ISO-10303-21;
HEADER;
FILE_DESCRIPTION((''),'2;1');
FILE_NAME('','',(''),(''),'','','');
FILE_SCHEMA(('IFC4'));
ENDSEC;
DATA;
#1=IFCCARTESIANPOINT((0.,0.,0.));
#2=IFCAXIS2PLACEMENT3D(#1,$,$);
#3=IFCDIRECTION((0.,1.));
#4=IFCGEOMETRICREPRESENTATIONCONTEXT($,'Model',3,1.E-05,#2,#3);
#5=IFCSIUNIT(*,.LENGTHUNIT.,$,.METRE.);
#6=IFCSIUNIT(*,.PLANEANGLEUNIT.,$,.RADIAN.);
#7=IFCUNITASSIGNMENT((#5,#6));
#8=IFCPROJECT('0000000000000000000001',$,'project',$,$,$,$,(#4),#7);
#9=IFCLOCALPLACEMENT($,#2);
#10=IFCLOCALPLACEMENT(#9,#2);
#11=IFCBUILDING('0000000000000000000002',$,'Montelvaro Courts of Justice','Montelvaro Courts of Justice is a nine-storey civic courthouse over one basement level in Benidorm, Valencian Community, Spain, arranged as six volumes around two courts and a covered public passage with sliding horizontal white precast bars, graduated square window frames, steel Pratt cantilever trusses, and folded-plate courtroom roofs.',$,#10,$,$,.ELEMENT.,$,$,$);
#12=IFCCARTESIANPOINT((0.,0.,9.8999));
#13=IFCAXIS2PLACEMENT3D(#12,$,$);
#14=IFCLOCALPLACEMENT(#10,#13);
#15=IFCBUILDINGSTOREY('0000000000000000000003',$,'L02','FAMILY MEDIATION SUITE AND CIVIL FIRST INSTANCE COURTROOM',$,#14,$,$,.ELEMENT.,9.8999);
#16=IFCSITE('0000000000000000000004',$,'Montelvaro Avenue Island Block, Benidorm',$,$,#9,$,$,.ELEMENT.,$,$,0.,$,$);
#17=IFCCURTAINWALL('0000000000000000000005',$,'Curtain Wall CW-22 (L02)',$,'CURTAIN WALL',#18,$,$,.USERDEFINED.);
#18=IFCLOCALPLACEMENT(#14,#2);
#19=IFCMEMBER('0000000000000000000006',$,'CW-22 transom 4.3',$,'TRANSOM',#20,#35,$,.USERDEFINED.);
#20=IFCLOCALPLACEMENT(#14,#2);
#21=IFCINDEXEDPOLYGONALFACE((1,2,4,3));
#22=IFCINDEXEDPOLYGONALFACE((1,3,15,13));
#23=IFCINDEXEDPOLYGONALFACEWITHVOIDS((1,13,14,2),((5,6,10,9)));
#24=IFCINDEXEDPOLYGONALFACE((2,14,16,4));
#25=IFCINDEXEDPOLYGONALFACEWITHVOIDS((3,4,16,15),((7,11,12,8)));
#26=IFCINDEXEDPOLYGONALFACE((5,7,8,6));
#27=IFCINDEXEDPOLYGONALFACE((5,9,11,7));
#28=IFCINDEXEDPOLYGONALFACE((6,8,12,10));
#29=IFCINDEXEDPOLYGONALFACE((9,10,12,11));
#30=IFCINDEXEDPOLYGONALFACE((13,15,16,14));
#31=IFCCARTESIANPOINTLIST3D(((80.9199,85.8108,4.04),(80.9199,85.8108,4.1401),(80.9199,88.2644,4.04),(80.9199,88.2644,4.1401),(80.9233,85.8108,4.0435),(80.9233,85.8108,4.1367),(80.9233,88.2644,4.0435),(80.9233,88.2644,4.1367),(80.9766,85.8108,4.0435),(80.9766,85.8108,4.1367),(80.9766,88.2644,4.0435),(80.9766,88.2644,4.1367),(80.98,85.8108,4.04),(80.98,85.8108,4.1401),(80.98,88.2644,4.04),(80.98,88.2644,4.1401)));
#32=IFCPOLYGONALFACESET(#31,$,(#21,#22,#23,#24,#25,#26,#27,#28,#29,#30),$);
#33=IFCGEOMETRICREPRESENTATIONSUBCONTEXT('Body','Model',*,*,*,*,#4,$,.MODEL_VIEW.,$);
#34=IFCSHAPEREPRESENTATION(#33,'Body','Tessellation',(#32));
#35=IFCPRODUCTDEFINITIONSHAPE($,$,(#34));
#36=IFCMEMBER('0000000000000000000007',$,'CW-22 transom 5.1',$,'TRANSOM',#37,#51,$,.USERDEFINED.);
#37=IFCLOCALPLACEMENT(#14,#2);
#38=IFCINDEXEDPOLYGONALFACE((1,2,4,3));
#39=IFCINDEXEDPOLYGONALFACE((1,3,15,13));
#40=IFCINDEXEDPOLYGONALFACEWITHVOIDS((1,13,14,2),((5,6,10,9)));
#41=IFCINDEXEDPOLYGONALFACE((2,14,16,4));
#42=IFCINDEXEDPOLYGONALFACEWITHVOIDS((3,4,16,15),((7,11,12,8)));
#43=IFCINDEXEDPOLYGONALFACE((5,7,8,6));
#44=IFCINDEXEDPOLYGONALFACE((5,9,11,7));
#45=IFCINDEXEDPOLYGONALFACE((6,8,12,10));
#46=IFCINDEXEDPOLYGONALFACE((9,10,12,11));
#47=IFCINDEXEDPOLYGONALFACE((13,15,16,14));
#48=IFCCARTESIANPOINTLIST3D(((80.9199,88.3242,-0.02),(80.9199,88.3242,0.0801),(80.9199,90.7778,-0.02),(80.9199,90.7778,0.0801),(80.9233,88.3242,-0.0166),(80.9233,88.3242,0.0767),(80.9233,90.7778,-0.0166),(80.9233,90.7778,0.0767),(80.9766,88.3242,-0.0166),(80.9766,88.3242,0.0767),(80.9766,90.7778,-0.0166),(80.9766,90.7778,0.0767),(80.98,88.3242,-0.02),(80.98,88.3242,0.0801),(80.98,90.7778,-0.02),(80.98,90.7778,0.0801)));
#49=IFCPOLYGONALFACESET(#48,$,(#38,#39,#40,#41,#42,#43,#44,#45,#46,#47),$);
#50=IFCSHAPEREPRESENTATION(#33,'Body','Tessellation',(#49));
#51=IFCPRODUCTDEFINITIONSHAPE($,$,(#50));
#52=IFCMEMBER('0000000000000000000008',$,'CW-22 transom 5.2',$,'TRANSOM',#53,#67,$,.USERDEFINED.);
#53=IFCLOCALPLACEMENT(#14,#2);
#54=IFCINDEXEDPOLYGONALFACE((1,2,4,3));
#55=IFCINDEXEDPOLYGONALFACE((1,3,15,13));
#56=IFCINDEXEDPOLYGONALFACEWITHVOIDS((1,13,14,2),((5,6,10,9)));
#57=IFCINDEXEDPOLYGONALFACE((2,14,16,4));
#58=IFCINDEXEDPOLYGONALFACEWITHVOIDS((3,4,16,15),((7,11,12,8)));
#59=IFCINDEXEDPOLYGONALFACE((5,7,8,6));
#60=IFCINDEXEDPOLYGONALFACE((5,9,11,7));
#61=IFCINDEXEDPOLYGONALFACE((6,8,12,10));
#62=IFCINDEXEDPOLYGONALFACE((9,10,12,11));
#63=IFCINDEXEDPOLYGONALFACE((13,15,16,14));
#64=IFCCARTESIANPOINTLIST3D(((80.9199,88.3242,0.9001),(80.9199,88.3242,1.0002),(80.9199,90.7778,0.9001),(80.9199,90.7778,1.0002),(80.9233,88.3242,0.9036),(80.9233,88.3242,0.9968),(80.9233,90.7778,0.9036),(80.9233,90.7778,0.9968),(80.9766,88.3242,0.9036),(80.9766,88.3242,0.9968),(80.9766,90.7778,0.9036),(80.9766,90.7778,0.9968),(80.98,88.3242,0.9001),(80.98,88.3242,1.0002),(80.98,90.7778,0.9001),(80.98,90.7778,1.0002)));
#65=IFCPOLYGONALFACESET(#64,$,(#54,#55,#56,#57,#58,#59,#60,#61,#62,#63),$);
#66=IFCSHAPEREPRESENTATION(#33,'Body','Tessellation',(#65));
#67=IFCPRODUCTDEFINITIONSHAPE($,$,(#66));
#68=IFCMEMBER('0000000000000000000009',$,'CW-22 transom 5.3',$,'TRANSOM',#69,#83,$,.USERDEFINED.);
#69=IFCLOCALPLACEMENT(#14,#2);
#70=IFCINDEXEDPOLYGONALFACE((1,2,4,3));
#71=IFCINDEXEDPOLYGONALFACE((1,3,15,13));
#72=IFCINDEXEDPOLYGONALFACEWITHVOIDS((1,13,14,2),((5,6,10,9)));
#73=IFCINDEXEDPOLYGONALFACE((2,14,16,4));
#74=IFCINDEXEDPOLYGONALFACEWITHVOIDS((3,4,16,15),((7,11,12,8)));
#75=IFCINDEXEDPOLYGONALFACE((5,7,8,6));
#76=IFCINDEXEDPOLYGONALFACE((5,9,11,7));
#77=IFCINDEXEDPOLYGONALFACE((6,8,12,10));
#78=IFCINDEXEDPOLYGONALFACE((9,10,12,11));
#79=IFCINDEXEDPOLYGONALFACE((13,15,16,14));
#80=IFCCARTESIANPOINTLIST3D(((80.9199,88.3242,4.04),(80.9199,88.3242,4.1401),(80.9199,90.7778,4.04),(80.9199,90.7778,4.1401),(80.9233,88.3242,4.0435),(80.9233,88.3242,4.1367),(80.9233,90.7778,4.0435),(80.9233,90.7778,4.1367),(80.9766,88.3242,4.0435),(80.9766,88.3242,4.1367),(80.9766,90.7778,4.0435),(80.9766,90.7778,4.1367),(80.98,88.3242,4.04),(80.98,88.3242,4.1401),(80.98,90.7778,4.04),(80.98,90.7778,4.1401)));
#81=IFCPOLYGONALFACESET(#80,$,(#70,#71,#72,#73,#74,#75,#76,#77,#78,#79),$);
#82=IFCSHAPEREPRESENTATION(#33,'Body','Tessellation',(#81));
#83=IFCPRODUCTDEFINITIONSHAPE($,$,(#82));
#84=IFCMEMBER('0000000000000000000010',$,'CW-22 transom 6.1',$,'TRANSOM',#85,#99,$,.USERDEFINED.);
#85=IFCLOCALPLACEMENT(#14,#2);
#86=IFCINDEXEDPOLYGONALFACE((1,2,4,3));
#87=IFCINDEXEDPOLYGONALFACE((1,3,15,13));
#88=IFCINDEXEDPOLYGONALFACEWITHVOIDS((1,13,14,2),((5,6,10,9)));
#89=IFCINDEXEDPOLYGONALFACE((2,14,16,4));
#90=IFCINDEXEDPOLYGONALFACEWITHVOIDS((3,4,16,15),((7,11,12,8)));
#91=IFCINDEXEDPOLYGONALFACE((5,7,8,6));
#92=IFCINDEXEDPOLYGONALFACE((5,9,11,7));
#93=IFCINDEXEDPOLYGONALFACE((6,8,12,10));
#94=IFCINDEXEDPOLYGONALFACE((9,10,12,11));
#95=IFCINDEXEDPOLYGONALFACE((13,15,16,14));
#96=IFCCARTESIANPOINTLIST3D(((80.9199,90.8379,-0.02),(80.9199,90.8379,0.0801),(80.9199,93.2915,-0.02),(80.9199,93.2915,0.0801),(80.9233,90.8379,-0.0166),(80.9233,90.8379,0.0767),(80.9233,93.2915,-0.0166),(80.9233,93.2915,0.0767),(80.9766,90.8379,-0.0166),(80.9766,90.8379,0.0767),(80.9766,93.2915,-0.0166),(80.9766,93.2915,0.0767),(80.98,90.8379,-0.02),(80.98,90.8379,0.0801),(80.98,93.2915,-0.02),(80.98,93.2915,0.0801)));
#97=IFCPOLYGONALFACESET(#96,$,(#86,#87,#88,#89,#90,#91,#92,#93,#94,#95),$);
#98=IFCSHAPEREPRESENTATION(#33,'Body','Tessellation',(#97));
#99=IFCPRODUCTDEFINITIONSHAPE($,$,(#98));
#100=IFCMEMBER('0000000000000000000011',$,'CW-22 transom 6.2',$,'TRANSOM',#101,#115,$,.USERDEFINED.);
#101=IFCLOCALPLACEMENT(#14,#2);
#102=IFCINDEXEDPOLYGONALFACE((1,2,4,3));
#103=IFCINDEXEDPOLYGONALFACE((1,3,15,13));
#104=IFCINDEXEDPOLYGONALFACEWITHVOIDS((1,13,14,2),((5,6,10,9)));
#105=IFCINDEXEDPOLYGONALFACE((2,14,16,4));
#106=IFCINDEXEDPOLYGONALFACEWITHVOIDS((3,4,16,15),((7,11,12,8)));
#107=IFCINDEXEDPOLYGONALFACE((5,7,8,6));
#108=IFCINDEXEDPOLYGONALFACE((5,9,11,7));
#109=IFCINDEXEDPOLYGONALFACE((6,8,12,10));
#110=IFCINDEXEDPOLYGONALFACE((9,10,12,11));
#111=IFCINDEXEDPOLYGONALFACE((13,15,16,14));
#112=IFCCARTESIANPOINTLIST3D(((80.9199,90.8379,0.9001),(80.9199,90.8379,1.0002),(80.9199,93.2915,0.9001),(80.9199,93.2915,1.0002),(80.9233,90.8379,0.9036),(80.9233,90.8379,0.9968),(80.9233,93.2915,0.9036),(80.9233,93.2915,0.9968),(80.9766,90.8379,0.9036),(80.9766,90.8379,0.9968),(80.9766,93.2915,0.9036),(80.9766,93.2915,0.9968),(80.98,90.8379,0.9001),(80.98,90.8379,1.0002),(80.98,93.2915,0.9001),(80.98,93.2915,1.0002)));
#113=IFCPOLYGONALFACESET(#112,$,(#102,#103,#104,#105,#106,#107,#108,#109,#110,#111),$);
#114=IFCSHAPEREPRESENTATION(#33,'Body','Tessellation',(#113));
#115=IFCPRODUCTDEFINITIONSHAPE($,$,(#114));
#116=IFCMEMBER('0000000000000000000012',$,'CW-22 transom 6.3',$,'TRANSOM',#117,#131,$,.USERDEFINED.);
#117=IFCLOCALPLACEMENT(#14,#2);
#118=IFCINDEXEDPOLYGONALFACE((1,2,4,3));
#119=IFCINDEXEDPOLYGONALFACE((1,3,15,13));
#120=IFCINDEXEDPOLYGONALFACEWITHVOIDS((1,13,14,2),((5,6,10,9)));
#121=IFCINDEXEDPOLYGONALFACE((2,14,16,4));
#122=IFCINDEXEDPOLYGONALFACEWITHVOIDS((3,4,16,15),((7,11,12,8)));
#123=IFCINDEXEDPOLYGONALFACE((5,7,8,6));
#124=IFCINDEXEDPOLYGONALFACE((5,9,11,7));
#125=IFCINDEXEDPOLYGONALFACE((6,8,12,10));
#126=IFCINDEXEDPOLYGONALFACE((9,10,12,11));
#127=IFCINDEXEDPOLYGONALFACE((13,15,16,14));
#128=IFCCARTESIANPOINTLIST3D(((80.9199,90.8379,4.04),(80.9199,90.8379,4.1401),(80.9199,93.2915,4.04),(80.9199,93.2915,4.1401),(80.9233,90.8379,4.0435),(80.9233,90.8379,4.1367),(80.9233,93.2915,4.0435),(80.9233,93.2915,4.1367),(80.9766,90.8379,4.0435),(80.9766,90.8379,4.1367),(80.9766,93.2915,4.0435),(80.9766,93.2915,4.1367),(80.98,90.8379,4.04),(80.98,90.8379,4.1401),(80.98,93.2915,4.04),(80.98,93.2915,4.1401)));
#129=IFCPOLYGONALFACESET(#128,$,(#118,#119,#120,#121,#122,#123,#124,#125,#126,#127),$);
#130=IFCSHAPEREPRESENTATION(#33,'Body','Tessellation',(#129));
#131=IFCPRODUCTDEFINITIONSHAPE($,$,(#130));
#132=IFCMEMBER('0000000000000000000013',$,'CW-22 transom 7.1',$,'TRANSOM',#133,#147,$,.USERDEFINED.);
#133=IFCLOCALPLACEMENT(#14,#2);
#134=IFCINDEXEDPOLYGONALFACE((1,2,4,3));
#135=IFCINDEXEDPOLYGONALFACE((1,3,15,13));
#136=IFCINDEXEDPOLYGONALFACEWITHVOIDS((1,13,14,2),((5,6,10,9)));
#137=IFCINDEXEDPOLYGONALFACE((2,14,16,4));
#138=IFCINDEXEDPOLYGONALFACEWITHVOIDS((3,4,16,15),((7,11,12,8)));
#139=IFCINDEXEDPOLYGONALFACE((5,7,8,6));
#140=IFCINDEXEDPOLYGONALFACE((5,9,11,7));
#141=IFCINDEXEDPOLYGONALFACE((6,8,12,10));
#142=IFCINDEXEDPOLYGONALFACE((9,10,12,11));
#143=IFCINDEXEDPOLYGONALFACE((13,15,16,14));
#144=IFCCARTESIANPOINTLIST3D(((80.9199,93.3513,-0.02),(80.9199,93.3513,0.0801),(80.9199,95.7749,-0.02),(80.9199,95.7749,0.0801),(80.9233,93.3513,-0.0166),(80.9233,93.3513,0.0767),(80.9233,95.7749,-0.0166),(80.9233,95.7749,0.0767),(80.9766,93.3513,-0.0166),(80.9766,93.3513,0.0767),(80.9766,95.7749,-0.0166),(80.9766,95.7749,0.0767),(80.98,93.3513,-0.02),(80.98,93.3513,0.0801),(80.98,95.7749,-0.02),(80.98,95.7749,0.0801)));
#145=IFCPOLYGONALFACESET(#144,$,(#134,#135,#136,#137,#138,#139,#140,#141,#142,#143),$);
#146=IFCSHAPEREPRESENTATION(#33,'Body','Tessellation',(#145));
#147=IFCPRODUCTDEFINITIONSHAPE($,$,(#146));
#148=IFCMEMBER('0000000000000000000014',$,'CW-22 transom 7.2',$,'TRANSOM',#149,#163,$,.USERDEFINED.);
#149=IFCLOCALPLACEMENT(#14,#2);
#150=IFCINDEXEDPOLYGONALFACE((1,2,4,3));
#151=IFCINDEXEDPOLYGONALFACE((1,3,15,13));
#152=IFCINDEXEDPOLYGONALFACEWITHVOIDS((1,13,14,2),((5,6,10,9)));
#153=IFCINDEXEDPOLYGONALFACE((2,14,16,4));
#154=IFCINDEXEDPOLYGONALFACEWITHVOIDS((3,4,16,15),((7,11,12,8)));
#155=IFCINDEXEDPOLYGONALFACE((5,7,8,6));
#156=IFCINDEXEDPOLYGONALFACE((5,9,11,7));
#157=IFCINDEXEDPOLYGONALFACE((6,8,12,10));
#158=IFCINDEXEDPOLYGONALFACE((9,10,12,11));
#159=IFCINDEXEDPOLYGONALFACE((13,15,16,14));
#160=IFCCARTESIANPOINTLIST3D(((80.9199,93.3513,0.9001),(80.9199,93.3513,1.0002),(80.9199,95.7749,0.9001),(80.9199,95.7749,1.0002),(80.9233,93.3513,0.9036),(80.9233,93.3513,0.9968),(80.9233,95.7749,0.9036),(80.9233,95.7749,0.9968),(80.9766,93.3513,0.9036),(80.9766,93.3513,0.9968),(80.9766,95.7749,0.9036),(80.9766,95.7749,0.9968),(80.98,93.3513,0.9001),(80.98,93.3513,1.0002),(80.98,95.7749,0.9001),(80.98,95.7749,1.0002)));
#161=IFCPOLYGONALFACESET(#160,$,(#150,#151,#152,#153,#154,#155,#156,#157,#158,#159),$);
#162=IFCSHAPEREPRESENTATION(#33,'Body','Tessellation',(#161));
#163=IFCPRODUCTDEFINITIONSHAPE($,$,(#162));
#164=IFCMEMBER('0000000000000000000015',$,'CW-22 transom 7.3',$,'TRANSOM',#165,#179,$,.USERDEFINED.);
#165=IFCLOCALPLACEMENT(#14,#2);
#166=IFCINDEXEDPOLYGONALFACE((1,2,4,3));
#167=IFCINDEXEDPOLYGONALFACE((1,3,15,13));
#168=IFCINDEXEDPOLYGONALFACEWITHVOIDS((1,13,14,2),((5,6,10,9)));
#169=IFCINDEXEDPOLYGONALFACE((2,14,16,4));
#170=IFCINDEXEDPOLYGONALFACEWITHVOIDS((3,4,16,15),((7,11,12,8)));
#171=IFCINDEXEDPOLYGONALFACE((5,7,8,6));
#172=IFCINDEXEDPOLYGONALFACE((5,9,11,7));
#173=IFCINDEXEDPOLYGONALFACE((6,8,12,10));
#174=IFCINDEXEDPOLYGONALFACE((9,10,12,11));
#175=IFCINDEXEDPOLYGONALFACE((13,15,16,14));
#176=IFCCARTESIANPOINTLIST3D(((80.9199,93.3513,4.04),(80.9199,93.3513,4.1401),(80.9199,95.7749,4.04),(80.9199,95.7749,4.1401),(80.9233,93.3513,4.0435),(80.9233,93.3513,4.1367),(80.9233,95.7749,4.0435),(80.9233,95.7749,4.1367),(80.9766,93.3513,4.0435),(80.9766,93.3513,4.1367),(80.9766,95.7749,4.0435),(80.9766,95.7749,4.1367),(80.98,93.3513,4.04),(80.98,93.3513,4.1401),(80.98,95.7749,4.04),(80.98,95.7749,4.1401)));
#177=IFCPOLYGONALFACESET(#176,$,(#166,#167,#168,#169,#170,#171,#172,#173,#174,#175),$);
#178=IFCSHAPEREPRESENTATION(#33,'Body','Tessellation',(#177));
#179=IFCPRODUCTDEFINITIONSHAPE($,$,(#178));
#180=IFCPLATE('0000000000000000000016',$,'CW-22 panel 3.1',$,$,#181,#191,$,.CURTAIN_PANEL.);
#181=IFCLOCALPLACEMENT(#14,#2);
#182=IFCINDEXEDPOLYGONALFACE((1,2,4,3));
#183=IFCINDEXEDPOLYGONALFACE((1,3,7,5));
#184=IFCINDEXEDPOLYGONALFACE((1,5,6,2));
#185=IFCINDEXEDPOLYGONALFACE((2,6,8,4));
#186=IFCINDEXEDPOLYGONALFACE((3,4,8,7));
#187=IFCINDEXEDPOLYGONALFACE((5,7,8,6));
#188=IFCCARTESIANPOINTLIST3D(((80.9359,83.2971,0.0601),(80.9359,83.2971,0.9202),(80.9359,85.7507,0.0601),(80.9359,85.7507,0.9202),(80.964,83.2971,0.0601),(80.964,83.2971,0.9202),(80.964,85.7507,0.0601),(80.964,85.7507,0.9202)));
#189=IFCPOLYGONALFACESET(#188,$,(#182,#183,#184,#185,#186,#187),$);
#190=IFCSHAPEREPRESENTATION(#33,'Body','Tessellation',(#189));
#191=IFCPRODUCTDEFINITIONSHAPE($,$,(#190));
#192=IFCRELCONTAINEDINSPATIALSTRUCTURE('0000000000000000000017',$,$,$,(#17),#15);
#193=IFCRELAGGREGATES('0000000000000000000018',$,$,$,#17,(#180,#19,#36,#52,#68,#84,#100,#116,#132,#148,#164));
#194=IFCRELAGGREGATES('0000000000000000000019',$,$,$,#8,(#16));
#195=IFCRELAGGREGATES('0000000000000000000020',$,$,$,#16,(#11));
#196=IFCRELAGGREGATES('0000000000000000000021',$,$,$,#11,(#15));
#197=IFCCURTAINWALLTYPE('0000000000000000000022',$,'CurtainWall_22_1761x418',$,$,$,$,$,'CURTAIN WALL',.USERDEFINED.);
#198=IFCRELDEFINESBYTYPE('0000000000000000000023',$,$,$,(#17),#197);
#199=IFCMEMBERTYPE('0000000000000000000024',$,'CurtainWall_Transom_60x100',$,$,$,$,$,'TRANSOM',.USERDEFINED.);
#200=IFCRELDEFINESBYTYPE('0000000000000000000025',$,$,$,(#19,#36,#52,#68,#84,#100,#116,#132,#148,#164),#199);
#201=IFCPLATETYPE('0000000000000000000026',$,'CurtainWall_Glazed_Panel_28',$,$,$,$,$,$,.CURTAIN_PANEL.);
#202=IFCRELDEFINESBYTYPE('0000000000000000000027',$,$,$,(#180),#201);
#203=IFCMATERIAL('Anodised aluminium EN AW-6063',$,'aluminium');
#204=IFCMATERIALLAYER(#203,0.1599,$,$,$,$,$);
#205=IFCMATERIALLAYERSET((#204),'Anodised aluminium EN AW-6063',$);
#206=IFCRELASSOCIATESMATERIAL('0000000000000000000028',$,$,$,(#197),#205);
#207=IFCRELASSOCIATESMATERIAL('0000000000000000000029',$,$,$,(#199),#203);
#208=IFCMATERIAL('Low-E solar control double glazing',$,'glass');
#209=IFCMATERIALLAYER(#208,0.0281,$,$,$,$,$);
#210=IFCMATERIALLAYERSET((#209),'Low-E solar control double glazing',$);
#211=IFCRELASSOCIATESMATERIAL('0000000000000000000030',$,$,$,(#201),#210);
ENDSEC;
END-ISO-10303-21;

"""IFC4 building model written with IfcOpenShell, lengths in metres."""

from ifc_helpers import new_model, si_unit, direction, frame, origin, origin_2d, place, context, subcontext, project, spatial, rectangle, hollow_rectangle, extrude, material, layer, layer_set, material_profile, profile_set, type_object, element, aggregate, save


model = new_model("IFC4")

# Units and contexts
model_context = context("Model", 3, precision=1e-05, world=origin(), true_north=direction((0.0, 1.0)))
body_context = subcontext(model_context, "Body", "Model", "MODEL_VIEW")
ifc_project = project(units=[si_unit("LENGTHUNIT", "METRE"), si_unit("PLANEANGLEUNIT", "RADIAN")], contexts=[model_context])

# Site, building, storey
site_placement = place(None, origin())
site = spatial("IfcSite", under=ifc_project, at=site_placement, Name="Montelvaro Avenue Island Block, Benidorm", CompositionType="ELEMENT", RefElevation=0.0)
building_placement = place(site_placement, origin())
building = spatial("IfcBuilding", under=site, at=building_placement, Name="Montelvaro Courts of Justice", Description="Montelvaro Courts of Justice is a nine-storey civic courthouse over one basement level in Benidorm, Valencian Community, Spain, arranged as six volumes around two courts and a covered public passage with sliding horizontal white precast bars, graduated square window frames, steel Pratt cantilever trusses, and folded-plate courtroom roofs.", CompositionType="ELEMENT")
storey_placement = place(building_placement, frame((0.0, 0.0, 9.8999)))
storey = spatial("IfcBuildingStorey", under=building, at=storey_placement, Name="L02", Description="FAMILY MEDIATION SUITE AND CIVIL FIRST INSTANCE COURTROOM", CompositionType="ELEMENT", Elevation=9.8999)

# Curtain wall, members, plate
ifc_material_1 = material(Name="Anodised aluminium EN AW-6063", Category="aluminium")
ifc_layer_1 = layer(ifc_material_1, 0.1599)
ifc_layer_set_1 = layer_set([ifc_layer_1], Name="Anodised aluminium EN AW-6063")
curtain_wall_type = type_object("IfcCurtainWallType", Name="CurtainWall_22_1761x418", ElementType="CURTAIN WALL", PredefinedType="USERDEFINED", material=ifc_layer_set_1)
curtain_wall_placement = place(storey_placement, origin())
curtain_wall = element("IfcCurtainWall", 1, at=curtain_wall_placement, inside=storey, type_object=curtain_wall_type, Name="Curtain Wall CW-22 (L02)", ObjectType="CURTAIN WALL", PredefinedType="USERDEFINED")
ifc_material_profile_1 = material_profile(ifc_material_1, hollow_rectangle(XDim=0.0601, YDim=0.1001, WallThickness=0.0034, at=origin_2d()), Name="ALU-T 60x100")
ifc_profile_set_1 = profile_set([ifc_material_profile_1], Name="Anodised aluminium EN AW-6063")
member_type_1 = type_object("IfcMemberType", Name="CurtainWall_Transom_60x100", ElementType="TRANSOM", PredefinedType="USERDEFINED", material=ifc_profile_set_1)
member_1_placement = place(storey_placement, frame((80.95, 85.8108, 4.0901), z_axis=(0.0, 1.0, 0.0), x_axis=(-1.0, 0.0, 0.0)))
member_1 = element("IfcMember", 2, at=member_1_placement, type_object=member_type_1, Name="CW-22 transom 4.3", ObjectType="TRANSOM", PredefinedType="USERDEFINED", context=body_context, shape_type="SweptSolid", body=[
    extrude(hollow_rectangle(XDim=0.0601, YDim=0.1001, WallThickness=0.0034, at=origin_2d()), origin(), (0.0, 0.0, 1.0), 2.4536),
])
member_2_placement = place(storey_placement, frame((80.95, 88.3242, 0.03), z_axis=(0.0, 1.0, 0.0), x_axis=(-1.0, 0.0, 0.0)))
member_2 = element("IfcMember", 3, at=member_2_placement, type_object=member_type_1, Name="CW-22 transom 5.1", ObjectType="TRANSOM", PredefinedType="USERDEFINED", context=body_context, shape_type="SweptSolid", body=[
    extrude(hollow_rectangle(XDim=0.0601, YDim=0.1001, WallThickness=0.0034, at=origin_2d()), origin(), (0.0, 0.0, 1.0), 2.4536),
])
member_3_placement = place(storey_placement, frame((80.95, 88.3242, 0.9502), z_axis=(0.0, 1.0, 0.0), x_axis=(-1.0, 0.0, 0.0)))
member_3 = element("IfcMember", 4, at=member_3_placement, type_object=member_type_1, Name="CW-22 transom 5.2", ObjectType="TRANSOM", PredefinedType="USERDEFINED", context=body_context, shape_type="SweptSolid", body=[
    extrude(hollow_rectangle(XDim=0.0601, YDim=0.1001, WallThickness=0.0034, at=origin_2d()), origin(), (0.0, 0.0, 1.0), 2.4536),
])
member_4_placement = place(storey_placement, frame((80.95, 88.3242, 4.0901), z_axis=(0.0, 1.0, 0.0), x_axis=(-1.0, 0.0, 0.0)))
member_4 = element("IfcMember", 5, at=member_4_placement, type_object=member_type_1, Name="CW-22 transom 5.3", ObjectType="TRANSOM", PredefinedType="USERDEFINED", context=body_context, shape_type="SweptSolid", body=[
    extrude(hollow_rectangle(XDim=0.0601, YDim=0.1001, WallThickness=0.0034, at=origin_2d()), origin(), (0.0, 0.0, 1.0), 2.4536),
])
member_5_placement = place(storey_placement, frame((80.95, 90.8379, 0.03), z_axis=(0.0, 1.0, 0.0), x_axis=(-1.0, 0.0, 0.0)))
member_5 = element("IfcMember", 6, at=member_5_placement, type_object=member_type_1, Name="CW-22 transom 6.1", ObjectType="TRANSOM", PredefinedType="USERDEFINED", context=body_context, shape_type="SweptSolid", body=[
    extrude(hollow_rectangle(XDim=0.0601, YDim=0.1001, WallThickness=0.0034, at=origin_2d()), origin(), (0.0, 0.0, 1.0), 2.4536),
])
member_6_placement = place(storey_placement, frame((80.95, 90.8379, 0.9502), z_axis=(0.0, 1.0, 0.0), x_axis=(-1.0, 0.0, 0.0)))
member_6 = element("IfcMember", 7, at=member_6_placement, type_object=member_type_1, Name="CW-22 transom 6.2", ObjectType="TRANSOM", PredefinedType="USERDEFINED", context=body_context, shape_type="SweptSolid", body=[
    extrude(hollow_rectangle(XDim=0.0601, YDim=0.1001, WallThickness=0.0034, at=origin_2d()), origin(), (0.0, 0.0, 1.0), 2.4536),
])
member_7_placement = place(storey_placement, frame((80.95, 90.8379, 4.0901), z_axis=(0.0, 1.0, 0.0), x_axis=(-1.0, 0.0, 0.0)))
member_7 = element("IfcMember", 8, at=member_7_placement, type_object=member_type_1, Name="CW-22 transom 6.3", ObjectType="TRANSOM", PredefinedType="USERDEFINED", context=body_context, shape_type="SweptSolid", body=[
    extrude(hollow_rectangle(XDim=0.0601, YDim=0.1001, WallThickness=0.0034, at=origin_2d()), origin(), (0.0, 0.0, 1.0), 2.4536),
])
member_8_placement = place(storey_placement, frame((80.95, 93.3513, 0.03), z_axis=(0.0, 1.0, 0.0), x_axis=(-1.0, 0.0, 0.0)))
member_8 = element("IfcMember", 9, at=member_8_placement, type_object=member_type_1, Name="CW-22 transom 7.1", ObjectType="TRANSOM", PredefinedType="USERDEFINED", context=body_context, shape_type="SweptSolid", body=[
    extrude(hollow_rectangle(XDim=0.0601, YDim=0.1001, WallThickness=0.0034, at=origin_2d()), origin(), (0.0, 0.0, 1.0), 2.4236),
])
member_9_placement = place(storey_placement, frame((80.95, 93.3513, 0.9502), z_axis=(0.0, 1.0, 0.0), x_axis=(-1.0, 0.0, 0.0)))
member_9 = element("IfcMember", 10, at=member_9_placement, type_object=member_type_1, Name="CW-22 transom 7.2", ObjectType="TRANSOM", PredefinedType="USERDEFINED", context=body_context, shape_type="SweptSolid", body=[
    extrude(hollow_rectangle(XDim=0.0601, YDim=0.1001, WallThickness=0.0034, at=origin_2d()), origin(), (0.0, 0.0, 1.0), 2.4236),
])
member_10_placement = place(storey_placement, frame((80.95, 93.3513, 4.0901), z_axis=(0.0, 1.0, 0.0), x_axis=(-1.0, 0.0, 0.0)))
member_10 = element("IfcMember", 11, at=member_10_placement, type_object=member_type_1, Name="CW-22 transom 7.3", ObjectType="TRANSOM", PredefinedType="USERDEFINED", context=body_context, shape_type="SweptSolid", body=[
    extrude(hollow_rectangle(XDim=0.0601, YDim=0.1001, WallThickness=0.0034, at=origin_2d()), origin(), (0.0, 0.0, 1.0), 2.4236),
])
ifc_material_2 = material(Name="Low-E solar control double glazing", Category="glass")
ifc_layer_2 = layer(ifc_material_2, 0.0281)
ifc_layer_set_2 = layer_set([ifc_layer_2], Name="Low-E solar control double glazing")
plate_type = type_object("IfcPlateType", Name="CurtainWall_Glazed_Panel_28", PredefinedType="CURTAIN_PANEL", material=ifc_layer_set_2)
plate_1_placement = place(storey_placement, frame((80.95, 84.5239, 0.0601), z_axis=(0.0, 0.0, 1.0), x_axis=(0.0, 1.0, 0.0)))
plate_1 = element("IfcPlate", 12, at=plate_1_placement, type_object=plate_type, Name="CW-22 panel 3.1", PredefinedType="CURTAIN_PANEL", context=body_context, shape_type="SweptSolid", body=[
    extrude(rectangle(XDim=2.4536, YDim=0.0281, at=origin_2d()), origin(), (0.0, 0.0, 1.0), 0.8601),
])
aggregate(curtain_wall, [plate_1, member_1, member_2, member_3, member_4, member_5, member_6, member_7, member_8, member_9, member_10])

save(model, "model.ifc")
